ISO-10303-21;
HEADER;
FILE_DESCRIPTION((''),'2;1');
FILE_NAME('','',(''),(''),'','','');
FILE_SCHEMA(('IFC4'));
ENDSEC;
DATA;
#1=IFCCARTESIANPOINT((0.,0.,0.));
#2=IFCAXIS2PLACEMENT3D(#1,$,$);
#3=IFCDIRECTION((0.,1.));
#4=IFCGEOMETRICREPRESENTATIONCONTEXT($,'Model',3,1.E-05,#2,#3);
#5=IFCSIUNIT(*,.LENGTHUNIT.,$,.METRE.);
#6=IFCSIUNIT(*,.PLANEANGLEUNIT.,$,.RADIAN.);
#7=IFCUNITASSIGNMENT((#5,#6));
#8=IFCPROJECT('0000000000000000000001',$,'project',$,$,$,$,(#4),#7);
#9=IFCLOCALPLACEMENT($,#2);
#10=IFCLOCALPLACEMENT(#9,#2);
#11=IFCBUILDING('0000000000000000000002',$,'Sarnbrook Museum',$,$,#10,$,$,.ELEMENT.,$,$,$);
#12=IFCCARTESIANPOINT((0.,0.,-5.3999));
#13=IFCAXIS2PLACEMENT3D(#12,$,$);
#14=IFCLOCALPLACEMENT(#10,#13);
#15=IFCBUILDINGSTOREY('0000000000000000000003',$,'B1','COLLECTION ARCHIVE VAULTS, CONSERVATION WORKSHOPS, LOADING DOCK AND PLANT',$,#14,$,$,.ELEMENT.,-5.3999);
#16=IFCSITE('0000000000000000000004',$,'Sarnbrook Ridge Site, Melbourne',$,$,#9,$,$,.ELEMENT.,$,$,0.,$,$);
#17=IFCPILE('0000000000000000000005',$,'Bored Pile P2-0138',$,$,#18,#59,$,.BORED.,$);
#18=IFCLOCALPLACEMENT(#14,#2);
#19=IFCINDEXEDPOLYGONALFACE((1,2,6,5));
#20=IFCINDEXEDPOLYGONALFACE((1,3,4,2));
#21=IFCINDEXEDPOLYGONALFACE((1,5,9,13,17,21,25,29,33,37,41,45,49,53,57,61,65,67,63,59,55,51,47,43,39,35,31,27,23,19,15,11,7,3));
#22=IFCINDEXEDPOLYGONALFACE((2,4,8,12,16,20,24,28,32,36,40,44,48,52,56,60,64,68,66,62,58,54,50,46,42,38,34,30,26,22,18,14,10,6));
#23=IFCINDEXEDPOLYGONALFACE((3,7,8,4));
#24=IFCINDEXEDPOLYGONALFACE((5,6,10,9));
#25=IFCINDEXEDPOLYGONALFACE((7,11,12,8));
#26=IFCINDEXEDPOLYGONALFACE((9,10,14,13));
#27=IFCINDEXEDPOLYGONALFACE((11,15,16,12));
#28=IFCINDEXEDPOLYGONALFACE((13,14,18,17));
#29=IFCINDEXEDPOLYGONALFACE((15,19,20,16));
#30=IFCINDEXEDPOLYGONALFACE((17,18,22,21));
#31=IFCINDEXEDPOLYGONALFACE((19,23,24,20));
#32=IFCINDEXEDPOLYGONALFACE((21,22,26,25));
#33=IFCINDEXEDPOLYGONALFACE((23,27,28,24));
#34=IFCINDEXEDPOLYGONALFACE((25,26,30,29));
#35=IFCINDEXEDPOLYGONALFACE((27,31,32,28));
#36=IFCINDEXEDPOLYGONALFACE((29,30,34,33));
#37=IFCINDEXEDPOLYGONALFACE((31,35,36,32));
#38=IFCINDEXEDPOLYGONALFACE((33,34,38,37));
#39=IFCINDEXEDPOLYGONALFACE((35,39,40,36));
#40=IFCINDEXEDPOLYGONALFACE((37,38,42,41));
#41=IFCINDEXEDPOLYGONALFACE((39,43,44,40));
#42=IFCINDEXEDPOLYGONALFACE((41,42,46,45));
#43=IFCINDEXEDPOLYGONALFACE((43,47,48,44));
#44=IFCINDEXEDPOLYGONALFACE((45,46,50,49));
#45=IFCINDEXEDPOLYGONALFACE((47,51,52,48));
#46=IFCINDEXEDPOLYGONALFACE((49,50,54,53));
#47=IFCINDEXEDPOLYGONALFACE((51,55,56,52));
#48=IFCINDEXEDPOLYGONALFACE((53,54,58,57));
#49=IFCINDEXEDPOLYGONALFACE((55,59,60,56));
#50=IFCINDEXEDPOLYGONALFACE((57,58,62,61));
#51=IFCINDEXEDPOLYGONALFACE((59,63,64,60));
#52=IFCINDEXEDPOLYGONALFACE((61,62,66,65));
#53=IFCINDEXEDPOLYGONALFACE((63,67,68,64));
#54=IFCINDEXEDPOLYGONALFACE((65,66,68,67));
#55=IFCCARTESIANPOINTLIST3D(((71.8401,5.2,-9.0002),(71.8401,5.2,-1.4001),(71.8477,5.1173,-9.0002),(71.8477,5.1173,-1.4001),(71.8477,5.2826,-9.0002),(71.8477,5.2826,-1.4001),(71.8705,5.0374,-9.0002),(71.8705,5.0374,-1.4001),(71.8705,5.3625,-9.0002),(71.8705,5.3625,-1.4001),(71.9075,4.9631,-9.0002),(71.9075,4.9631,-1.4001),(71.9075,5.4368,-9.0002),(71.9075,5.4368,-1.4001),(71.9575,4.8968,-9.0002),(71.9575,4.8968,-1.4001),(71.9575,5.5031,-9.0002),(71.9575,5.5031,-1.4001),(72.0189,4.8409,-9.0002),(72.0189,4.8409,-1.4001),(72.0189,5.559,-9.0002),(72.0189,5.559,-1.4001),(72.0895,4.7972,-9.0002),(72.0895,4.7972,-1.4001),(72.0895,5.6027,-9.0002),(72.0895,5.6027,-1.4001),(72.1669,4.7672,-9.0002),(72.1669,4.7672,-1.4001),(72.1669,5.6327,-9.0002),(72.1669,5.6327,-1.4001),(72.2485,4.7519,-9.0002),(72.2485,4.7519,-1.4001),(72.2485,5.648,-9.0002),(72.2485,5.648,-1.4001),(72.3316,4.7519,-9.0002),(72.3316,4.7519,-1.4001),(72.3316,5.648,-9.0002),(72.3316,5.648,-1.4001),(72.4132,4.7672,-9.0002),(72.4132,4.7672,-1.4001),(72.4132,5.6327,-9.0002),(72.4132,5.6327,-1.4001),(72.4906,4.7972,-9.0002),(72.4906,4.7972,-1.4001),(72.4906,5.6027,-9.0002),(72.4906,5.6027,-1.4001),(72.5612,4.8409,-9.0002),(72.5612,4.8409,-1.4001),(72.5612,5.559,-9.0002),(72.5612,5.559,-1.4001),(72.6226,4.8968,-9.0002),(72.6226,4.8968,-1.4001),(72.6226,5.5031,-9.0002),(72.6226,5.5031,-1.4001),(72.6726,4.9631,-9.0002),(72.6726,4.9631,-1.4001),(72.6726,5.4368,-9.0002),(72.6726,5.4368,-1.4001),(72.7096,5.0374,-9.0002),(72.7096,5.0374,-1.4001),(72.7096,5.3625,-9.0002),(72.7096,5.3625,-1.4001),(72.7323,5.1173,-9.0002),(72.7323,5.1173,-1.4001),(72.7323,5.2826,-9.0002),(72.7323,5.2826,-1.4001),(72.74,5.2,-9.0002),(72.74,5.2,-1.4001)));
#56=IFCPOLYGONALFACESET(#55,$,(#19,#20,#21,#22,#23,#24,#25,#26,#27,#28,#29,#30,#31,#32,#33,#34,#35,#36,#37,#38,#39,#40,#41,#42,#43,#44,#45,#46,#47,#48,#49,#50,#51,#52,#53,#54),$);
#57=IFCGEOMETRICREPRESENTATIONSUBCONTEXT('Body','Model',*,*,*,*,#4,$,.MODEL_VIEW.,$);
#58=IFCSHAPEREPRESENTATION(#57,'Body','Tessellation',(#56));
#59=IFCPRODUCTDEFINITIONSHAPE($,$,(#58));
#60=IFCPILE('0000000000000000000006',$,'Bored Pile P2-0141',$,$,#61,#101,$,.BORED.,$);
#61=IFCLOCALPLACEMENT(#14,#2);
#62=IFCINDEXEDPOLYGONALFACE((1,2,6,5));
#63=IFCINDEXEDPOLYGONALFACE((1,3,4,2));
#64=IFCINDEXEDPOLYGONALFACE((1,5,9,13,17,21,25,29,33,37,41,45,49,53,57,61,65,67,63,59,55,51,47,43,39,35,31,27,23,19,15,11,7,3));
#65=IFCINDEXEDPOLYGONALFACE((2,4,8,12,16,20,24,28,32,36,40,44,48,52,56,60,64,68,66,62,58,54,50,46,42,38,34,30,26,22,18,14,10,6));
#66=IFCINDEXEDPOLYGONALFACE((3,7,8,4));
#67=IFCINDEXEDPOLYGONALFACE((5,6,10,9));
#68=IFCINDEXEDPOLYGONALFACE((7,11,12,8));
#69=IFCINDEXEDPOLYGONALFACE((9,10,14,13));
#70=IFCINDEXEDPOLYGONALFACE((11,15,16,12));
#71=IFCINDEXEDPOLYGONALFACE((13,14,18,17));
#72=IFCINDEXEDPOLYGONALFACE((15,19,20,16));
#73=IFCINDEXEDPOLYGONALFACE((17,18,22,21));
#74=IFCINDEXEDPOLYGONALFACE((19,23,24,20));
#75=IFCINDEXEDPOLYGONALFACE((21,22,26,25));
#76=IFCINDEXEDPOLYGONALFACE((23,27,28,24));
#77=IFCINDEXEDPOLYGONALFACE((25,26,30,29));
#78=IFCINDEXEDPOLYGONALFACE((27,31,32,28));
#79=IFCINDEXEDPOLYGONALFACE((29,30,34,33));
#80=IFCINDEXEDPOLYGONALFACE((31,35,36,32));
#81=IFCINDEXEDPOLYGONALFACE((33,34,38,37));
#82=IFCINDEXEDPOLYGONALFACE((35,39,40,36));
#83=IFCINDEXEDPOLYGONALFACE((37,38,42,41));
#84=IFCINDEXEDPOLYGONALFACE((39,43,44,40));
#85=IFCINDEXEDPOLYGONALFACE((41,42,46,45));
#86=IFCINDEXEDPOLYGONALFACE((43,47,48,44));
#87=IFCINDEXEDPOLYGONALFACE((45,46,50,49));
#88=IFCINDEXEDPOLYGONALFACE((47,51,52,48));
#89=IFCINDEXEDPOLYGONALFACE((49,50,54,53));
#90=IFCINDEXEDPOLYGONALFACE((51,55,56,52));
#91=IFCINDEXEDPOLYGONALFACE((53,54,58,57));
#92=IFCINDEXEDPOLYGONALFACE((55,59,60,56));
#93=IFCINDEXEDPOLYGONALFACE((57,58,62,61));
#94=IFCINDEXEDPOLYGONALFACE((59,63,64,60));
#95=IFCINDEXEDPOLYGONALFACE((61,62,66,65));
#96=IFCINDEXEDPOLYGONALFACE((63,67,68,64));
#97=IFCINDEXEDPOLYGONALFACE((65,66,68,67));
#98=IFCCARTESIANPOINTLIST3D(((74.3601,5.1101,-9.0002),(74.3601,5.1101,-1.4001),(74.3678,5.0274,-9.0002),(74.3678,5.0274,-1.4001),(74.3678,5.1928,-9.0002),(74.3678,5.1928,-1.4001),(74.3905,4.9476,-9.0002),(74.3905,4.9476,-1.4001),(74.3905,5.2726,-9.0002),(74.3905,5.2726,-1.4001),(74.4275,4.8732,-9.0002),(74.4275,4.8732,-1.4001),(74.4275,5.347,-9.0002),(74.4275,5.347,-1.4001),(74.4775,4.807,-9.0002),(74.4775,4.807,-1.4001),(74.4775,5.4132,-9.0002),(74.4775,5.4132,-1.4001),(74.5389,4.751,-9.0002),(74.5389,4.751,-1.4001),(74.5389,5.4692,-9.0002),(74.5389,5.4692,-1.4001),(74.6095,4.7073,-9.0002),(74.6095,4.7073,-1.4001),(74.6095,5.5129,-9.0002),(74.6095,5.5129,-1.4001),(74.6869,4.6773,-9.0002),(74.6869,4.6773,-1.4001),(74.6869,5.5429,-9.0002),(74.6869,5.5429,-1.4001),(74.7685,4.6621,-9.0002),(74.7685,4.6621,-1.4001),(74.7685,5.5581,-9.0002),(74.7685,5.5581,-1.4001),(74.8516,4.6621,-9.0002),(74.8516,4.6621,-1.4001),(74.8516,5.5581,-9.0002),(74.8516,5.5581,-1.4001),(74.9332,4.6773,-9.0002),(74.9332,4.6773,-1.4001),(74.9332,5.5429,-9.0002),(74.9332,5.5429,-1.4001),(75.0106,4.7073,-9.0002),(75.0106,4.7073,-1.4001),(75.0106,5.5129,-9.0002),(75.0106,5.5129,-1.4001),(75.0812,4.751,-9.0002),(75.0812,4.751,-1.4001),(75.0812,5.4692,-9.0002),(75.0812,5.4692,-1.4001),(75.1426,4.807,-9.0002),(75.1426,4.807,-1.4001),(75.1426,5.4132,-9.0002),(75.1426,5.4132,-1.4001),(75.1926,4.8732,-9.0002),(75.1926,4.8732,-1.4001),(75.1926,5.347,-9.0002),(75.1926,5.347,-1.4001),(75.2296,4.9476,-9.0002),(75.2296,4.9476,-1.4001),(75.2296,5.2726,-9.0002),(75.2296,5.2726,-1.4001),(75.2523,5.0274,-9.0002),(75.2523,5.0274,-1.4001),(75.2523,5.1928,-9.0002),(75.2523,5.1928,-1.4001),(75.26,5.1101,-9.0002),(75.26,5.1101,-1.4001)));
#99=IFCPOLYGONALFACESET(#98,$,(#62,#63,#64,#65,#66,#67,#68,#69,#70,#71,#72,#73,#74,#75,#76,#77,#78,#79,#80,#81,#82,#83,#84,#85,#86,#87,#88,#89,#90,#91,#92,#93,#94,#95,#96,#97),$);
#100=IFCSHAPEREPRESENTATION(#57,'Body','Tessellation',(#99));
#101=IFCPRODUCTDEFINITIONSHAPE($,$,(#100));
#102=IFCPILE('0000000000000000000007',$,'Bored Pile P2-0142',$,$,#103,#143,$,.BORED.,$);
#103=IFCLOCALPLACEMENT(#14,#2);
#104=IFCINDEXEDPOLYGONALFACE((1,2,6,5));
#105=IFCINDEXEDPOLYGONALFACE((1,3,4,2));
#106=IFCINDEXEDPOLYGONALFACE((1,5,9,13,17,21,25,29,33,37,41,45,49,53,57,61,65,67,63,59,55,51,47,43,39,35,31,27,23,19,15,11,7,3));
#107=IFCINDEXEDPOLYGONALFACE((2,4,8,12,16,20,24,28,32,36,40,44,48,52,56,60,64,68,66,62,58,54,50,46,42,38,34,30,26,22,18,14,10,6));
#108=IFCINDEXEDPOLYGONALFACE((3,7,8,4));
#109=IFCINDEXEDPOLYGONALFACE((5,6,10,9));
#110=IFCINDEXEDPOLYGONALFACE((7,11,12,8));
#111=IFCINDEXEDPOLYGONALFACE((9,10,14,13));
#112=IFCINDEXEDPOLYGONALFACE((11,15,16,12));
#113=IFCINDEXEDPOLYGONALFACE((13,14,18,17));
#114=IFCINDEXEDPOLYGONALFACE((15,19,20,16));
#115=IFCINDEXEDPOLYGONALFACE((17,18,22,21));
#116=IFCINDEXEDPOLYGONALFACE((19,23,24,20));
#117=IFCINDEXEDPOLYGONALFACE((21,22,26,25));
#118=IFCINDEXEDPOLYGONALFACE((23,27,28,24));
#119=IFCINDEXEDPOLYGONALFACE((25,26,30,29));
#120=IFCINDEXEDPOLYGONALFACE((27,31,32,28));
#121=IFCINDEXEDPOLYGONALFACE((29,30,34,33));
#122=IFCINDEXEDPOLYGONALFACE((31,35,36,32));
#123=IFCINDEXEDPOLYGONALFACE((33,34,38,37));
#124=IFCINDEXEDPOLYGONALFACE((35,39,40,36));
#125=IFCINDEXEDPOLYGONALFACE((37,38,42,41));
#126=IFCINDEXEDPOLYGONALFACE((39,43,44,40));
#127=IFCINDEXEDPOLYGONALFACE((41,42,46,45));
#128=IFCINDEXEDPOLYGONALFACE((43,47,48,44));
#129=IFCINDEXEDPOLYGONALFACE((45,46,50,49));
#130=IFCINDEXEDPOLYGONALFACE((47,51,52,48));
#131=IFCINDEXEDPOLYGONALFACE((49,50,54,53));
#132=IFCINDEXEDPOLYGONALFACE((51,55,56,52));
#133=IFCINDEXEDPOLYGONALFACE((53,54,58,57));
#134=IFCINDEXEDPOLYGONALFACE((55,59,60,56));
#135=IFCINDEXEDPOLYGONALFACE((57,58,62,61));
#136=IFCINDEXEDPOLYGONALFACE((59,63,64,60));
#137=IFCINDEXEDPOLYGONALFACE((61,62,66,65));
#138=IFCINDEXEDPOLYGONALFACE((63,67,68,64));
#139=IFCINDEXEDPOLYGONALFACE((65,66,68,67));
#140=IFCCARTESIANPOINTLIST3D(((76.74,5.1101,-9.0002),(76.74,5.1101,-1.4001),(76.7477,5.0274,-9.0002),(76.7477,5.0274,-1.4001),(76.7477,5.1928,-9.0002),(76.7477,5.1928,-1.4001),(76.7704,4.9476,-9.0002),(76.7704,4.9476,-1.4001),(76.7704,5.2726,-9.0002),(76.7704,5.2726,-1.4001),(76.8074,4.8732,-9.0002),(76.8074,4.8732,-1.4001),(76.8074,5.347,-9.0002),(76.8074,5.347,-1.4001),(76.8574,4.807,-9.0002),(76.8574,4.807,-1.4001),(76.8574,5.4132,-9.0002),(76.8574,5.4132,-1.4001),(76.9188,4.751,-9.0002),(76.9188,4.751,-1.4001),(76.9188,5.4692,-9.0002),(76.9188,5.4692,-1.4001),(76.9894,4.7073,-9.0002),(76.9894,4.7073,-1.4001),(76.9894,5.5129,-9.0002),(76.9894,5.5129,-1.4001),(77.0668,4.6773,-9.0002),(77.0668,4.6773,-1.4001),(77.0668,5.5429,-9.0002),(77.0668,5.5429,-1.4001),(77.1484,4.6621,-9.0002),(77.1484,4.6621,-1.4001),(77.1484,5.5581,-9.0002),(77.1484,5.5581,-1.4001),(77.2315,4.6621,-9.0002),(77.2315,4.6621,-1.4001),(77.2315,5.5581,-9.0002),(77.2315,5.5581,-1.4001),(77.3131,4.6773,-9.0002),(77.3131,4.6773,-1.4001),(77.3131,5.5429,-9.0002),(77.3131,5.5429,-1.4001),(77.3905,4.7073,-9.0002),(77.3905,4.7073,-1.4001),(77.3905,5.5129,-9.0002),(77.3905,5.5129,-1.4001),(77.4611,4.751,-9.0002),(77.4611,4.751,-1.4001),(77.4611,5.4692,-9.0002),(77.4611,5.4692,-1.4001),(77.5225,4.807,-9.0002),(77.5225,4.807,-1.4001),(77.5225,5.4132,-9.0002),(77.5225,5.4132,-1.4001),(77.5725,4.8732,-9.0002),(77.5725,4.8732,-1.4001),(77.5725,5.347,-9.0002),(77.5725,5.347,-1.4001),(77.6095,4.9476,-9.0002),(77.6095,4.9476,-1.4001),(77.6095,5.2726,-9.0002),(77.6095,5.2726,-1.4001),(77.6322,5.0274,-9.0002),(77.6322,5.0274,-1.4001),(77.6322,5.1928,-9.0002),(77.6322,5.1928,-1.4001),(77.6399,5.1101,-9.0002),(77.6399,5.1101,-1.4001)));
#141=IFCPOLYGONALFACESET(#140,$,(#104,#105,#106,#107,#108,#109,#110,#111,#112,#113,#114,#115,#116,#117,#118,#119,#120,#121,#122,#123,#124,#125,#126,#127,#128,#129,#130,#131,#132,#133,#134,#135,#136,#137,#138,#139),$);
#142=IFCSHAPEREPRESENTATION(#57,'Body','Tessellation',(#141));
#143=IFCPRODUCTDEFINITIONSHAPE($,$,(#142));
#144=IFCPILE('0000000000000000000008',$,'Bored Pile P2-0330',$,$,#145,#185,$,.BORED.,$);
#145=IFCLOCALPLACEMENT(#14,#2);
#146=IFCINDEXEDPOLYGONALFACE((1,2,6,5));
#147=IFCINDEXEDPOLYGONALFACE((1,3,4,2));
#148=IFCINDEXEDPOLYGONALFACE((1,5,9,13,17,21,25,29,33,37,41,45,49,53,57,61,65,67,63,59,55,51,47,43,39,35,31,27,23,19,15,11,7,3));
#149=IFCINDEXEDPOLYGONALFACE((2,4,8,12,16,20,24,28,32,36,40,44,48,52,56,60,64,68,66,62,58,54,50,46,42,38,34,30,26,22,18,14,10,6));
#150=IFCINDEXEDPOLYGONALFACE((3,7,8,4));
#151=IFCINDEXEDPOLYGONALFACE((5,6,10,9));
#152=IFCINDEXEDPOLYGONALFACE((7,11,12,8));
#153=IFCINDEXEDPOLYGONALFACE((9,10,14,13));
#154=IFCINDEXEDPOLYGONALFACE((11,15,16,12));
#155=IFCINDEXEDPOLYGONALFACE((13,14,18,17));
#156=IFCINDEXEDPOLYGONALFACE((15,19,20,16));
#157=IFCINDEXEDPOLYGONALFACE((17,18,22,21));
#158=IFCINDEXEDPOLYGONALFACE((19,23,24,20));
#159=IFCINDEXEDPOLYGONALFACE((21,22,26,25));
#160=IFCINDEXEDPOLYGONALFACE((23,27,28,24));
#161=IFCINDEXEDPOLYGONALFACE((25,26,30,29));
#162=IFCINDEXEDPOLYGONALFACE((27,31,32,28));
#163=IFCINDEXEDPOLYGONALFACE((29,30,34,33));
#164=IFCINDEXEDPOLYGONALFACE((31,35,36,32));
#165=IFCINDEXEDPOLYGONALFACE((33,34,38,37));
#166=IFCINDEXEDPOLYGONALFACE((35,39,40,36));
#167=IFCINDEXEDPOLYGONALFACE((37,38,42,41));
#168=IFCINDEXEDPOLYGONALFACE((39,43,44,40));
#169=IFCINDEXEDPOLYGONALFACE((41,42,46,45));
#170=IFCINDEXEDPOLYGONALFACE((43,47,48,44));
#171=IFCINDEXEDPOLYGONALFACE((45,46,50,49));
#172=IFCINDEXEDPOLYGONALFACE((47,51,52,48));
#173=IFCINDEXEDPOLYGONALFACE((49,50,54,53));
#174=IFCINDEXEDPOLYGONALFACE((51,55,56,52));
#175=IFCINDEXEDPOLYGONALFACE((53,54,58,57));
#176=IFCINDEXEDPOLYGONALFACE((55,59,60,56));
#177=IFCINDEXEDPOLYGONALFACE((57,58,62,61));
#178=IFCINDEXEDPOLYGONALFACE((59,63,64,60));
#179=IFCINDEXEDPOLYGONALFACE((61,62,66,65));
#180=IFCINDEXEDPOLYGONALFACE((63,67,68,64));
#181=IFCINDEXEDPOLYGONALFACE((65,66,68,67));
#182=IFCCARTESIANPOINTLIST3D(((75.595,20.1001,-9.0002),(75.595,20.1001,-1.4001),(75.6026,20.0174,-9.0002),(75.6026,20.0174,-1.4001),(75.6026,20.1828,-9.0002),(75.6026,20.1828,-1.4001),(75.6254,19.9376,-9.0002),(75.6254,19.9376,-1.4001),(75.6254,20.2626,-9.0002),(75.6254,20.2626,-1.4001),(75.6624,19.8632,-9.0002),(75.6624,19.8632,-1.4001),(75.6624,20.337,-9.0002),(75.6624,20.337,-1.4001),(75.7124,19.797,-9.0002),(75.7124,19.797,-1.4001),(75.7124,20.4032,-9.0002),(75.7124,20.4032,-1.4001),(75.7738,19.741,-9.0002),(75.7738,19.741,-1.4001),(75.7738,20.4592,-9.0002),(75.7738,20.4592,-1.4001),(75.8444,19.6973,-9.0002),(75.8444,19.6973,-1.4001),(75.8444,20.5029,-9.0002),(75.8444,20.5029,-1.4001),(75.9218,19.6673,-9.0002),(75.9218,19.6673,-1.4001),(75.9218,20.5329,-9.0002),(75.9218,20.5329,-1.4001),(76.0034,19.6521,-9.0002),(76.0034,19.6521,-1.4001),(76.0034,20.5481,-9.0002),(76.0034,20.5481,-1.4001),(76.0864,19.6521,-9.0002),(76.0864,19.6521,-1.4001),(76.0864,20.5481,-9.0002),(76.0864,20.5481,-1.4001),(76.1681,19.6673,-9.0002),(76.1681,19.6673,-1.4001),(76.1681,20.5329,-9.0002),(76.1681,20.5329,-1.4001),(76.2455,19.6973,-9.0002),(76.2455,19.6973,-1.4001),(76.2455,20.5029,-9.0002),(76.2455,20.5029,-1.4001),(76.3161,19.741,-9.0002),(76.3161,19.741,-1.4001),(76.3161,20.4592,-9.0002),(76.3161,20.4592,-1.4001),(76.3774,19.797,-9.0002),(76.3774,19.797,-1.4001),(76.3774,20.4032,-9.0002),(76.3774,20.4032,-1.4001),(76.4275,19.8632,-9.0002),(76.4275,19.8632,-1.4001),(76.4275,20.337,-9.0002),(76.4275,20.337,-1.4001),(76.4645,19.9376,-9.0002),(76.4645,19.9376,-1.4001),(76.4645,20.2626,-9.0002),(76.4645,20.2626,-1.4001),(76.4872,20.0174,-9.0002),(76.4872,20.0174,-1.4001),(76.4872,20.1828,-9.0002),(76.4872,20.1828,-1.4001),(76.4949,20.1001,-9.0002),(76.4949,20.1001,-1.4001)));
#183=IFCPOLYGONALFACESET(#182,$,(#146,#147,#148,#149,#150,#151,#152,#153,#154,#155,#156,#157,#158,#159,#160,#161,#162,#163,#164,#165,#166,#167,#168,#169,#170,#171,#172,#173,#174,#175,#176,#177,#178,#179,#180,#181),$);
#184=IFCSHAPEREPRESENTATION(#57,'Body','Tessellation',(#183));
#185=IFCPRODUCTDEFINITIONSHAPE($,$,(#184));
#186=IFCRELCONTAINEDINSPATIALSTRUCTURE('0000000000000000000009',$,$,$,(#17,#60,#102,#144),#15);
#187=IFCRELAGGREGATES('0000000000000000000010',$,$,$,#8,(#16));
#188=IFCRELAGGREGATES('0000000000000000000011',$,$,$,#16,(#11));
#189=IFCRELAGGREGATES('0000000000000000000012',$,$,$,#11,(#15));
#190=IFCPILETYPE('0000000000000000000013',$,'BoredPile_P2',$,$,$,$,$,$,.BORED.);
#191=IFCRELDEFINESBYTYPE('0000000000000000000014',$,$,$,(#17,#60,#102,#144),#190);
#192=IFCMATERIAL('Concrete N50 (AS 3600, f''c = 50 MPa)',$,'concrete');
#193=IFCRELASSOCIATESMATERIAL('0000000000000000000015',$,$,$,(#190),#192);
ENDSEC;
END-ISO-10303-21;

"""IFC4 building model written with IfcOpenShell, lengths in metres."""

from ifc_helpers import new_model, si_unit, direction, frame, origin, origin_2d, place, context, subcontext, project, spatial, circle, extrude, material, material_profile, profile_set, type_object, element, save


model = new_model("IFC4")

# Units and contexts
model_context = context("Model", 3, precision=1e-05, world=origin(), true_north=direction((0.0, 1.0)))
body_context = subcontext(model_context, "Body", "Model", "MODEL_VIEW")
ifc_project = project(units=[si_unit("LENGTHUNIT", "METRE"), si_unit("PLANEANGLEUNIT", "RADIAN")], contexts=[model_context])

# Site, building, storey
site_placement = place(None, origin())
site = spatial("IfcSite", under=ifc_project, at=site_placement, Name="Sarnbrook Ridge Site, Melbourne", CompositionType="ELEMENT", RefElevation=0.0)
building_placement = place(site_placement, origin())
building = spatial("IfcBuilding", under=site, at=building_placement, Name="Sarnbrook Museum", CompositionType="ELEMENT")
storey_placement = place(building_placement, frame((0.0, 0.0, -5.3999)))
storey = spatial("IfcBuildingStorey", under=building, at=storey_placement, Name="B1", Description="COLLECTION ARCHIVE VAULTS, CONSERVATION WORKSHOPS, LOADING DOCK AND PLANT", CompositionType="ELEMENT", Elevation=-5.3999)

# Piles
ifc_material_1 = material(Name="Concrete N50 (AS 3600, f'c = 50 MPa)", Category="concrete")
ifc_material_profile_1 = material_profile(ifc_material_1, circle(Radius=0.45, at=origin_2d()), Name="BORED PILE D900")
ifc_profile_set_1 = profile_set([ifc_material_profile_1], Name="Concrete N50 (AS 3600, f'c = 50 MPa)")
pile_type_1 = type_object("IfcPileType", Name="BoredPile_P2", PredefinedType="BORED", material=ifc_profile_set_1)
for number, where, z_axis, x_axis, name in (
    (1, (72.29, 5.2, -1.4001), (0.0, 0.0, -1.0), (1.0, 0.0, 0.0), "Bored Pile P2-0138"),
    (2, (74.8101, 5.1101, -1.4001), (0.0, 0.0, -1.0), (1.0, 0.0, 0.0), "Bored Pile P2-0141"),
    (3, (77.1899, 5.1101, -1.4001), (0.0, 0.0, -1.0), (1.0, 0.0, 0.0), "Bored Pile P2-0142"),
    (4, (76.0449, 20.1001, -1.4001), (0.0, 0.0, -1.0), (1.0, 0.0, 0.0), "Bored Pile P2-0330"),
):
    element("IfcPile", number, at=place(storey_placement, frame(where, z_axis=z_axis, x_axis=x_axis)), inside=storey, type_object=pile_type_1, Name=name, PredefinedType="BORED", context=body_context, shape_type="SweptSolid", body=[
        extrude(circle(Radius=0.45, at=origin_2d()), origin(), (0.0, 0.0, 1.0), 7.6001),
    ])

save(model, "model.ifc")
